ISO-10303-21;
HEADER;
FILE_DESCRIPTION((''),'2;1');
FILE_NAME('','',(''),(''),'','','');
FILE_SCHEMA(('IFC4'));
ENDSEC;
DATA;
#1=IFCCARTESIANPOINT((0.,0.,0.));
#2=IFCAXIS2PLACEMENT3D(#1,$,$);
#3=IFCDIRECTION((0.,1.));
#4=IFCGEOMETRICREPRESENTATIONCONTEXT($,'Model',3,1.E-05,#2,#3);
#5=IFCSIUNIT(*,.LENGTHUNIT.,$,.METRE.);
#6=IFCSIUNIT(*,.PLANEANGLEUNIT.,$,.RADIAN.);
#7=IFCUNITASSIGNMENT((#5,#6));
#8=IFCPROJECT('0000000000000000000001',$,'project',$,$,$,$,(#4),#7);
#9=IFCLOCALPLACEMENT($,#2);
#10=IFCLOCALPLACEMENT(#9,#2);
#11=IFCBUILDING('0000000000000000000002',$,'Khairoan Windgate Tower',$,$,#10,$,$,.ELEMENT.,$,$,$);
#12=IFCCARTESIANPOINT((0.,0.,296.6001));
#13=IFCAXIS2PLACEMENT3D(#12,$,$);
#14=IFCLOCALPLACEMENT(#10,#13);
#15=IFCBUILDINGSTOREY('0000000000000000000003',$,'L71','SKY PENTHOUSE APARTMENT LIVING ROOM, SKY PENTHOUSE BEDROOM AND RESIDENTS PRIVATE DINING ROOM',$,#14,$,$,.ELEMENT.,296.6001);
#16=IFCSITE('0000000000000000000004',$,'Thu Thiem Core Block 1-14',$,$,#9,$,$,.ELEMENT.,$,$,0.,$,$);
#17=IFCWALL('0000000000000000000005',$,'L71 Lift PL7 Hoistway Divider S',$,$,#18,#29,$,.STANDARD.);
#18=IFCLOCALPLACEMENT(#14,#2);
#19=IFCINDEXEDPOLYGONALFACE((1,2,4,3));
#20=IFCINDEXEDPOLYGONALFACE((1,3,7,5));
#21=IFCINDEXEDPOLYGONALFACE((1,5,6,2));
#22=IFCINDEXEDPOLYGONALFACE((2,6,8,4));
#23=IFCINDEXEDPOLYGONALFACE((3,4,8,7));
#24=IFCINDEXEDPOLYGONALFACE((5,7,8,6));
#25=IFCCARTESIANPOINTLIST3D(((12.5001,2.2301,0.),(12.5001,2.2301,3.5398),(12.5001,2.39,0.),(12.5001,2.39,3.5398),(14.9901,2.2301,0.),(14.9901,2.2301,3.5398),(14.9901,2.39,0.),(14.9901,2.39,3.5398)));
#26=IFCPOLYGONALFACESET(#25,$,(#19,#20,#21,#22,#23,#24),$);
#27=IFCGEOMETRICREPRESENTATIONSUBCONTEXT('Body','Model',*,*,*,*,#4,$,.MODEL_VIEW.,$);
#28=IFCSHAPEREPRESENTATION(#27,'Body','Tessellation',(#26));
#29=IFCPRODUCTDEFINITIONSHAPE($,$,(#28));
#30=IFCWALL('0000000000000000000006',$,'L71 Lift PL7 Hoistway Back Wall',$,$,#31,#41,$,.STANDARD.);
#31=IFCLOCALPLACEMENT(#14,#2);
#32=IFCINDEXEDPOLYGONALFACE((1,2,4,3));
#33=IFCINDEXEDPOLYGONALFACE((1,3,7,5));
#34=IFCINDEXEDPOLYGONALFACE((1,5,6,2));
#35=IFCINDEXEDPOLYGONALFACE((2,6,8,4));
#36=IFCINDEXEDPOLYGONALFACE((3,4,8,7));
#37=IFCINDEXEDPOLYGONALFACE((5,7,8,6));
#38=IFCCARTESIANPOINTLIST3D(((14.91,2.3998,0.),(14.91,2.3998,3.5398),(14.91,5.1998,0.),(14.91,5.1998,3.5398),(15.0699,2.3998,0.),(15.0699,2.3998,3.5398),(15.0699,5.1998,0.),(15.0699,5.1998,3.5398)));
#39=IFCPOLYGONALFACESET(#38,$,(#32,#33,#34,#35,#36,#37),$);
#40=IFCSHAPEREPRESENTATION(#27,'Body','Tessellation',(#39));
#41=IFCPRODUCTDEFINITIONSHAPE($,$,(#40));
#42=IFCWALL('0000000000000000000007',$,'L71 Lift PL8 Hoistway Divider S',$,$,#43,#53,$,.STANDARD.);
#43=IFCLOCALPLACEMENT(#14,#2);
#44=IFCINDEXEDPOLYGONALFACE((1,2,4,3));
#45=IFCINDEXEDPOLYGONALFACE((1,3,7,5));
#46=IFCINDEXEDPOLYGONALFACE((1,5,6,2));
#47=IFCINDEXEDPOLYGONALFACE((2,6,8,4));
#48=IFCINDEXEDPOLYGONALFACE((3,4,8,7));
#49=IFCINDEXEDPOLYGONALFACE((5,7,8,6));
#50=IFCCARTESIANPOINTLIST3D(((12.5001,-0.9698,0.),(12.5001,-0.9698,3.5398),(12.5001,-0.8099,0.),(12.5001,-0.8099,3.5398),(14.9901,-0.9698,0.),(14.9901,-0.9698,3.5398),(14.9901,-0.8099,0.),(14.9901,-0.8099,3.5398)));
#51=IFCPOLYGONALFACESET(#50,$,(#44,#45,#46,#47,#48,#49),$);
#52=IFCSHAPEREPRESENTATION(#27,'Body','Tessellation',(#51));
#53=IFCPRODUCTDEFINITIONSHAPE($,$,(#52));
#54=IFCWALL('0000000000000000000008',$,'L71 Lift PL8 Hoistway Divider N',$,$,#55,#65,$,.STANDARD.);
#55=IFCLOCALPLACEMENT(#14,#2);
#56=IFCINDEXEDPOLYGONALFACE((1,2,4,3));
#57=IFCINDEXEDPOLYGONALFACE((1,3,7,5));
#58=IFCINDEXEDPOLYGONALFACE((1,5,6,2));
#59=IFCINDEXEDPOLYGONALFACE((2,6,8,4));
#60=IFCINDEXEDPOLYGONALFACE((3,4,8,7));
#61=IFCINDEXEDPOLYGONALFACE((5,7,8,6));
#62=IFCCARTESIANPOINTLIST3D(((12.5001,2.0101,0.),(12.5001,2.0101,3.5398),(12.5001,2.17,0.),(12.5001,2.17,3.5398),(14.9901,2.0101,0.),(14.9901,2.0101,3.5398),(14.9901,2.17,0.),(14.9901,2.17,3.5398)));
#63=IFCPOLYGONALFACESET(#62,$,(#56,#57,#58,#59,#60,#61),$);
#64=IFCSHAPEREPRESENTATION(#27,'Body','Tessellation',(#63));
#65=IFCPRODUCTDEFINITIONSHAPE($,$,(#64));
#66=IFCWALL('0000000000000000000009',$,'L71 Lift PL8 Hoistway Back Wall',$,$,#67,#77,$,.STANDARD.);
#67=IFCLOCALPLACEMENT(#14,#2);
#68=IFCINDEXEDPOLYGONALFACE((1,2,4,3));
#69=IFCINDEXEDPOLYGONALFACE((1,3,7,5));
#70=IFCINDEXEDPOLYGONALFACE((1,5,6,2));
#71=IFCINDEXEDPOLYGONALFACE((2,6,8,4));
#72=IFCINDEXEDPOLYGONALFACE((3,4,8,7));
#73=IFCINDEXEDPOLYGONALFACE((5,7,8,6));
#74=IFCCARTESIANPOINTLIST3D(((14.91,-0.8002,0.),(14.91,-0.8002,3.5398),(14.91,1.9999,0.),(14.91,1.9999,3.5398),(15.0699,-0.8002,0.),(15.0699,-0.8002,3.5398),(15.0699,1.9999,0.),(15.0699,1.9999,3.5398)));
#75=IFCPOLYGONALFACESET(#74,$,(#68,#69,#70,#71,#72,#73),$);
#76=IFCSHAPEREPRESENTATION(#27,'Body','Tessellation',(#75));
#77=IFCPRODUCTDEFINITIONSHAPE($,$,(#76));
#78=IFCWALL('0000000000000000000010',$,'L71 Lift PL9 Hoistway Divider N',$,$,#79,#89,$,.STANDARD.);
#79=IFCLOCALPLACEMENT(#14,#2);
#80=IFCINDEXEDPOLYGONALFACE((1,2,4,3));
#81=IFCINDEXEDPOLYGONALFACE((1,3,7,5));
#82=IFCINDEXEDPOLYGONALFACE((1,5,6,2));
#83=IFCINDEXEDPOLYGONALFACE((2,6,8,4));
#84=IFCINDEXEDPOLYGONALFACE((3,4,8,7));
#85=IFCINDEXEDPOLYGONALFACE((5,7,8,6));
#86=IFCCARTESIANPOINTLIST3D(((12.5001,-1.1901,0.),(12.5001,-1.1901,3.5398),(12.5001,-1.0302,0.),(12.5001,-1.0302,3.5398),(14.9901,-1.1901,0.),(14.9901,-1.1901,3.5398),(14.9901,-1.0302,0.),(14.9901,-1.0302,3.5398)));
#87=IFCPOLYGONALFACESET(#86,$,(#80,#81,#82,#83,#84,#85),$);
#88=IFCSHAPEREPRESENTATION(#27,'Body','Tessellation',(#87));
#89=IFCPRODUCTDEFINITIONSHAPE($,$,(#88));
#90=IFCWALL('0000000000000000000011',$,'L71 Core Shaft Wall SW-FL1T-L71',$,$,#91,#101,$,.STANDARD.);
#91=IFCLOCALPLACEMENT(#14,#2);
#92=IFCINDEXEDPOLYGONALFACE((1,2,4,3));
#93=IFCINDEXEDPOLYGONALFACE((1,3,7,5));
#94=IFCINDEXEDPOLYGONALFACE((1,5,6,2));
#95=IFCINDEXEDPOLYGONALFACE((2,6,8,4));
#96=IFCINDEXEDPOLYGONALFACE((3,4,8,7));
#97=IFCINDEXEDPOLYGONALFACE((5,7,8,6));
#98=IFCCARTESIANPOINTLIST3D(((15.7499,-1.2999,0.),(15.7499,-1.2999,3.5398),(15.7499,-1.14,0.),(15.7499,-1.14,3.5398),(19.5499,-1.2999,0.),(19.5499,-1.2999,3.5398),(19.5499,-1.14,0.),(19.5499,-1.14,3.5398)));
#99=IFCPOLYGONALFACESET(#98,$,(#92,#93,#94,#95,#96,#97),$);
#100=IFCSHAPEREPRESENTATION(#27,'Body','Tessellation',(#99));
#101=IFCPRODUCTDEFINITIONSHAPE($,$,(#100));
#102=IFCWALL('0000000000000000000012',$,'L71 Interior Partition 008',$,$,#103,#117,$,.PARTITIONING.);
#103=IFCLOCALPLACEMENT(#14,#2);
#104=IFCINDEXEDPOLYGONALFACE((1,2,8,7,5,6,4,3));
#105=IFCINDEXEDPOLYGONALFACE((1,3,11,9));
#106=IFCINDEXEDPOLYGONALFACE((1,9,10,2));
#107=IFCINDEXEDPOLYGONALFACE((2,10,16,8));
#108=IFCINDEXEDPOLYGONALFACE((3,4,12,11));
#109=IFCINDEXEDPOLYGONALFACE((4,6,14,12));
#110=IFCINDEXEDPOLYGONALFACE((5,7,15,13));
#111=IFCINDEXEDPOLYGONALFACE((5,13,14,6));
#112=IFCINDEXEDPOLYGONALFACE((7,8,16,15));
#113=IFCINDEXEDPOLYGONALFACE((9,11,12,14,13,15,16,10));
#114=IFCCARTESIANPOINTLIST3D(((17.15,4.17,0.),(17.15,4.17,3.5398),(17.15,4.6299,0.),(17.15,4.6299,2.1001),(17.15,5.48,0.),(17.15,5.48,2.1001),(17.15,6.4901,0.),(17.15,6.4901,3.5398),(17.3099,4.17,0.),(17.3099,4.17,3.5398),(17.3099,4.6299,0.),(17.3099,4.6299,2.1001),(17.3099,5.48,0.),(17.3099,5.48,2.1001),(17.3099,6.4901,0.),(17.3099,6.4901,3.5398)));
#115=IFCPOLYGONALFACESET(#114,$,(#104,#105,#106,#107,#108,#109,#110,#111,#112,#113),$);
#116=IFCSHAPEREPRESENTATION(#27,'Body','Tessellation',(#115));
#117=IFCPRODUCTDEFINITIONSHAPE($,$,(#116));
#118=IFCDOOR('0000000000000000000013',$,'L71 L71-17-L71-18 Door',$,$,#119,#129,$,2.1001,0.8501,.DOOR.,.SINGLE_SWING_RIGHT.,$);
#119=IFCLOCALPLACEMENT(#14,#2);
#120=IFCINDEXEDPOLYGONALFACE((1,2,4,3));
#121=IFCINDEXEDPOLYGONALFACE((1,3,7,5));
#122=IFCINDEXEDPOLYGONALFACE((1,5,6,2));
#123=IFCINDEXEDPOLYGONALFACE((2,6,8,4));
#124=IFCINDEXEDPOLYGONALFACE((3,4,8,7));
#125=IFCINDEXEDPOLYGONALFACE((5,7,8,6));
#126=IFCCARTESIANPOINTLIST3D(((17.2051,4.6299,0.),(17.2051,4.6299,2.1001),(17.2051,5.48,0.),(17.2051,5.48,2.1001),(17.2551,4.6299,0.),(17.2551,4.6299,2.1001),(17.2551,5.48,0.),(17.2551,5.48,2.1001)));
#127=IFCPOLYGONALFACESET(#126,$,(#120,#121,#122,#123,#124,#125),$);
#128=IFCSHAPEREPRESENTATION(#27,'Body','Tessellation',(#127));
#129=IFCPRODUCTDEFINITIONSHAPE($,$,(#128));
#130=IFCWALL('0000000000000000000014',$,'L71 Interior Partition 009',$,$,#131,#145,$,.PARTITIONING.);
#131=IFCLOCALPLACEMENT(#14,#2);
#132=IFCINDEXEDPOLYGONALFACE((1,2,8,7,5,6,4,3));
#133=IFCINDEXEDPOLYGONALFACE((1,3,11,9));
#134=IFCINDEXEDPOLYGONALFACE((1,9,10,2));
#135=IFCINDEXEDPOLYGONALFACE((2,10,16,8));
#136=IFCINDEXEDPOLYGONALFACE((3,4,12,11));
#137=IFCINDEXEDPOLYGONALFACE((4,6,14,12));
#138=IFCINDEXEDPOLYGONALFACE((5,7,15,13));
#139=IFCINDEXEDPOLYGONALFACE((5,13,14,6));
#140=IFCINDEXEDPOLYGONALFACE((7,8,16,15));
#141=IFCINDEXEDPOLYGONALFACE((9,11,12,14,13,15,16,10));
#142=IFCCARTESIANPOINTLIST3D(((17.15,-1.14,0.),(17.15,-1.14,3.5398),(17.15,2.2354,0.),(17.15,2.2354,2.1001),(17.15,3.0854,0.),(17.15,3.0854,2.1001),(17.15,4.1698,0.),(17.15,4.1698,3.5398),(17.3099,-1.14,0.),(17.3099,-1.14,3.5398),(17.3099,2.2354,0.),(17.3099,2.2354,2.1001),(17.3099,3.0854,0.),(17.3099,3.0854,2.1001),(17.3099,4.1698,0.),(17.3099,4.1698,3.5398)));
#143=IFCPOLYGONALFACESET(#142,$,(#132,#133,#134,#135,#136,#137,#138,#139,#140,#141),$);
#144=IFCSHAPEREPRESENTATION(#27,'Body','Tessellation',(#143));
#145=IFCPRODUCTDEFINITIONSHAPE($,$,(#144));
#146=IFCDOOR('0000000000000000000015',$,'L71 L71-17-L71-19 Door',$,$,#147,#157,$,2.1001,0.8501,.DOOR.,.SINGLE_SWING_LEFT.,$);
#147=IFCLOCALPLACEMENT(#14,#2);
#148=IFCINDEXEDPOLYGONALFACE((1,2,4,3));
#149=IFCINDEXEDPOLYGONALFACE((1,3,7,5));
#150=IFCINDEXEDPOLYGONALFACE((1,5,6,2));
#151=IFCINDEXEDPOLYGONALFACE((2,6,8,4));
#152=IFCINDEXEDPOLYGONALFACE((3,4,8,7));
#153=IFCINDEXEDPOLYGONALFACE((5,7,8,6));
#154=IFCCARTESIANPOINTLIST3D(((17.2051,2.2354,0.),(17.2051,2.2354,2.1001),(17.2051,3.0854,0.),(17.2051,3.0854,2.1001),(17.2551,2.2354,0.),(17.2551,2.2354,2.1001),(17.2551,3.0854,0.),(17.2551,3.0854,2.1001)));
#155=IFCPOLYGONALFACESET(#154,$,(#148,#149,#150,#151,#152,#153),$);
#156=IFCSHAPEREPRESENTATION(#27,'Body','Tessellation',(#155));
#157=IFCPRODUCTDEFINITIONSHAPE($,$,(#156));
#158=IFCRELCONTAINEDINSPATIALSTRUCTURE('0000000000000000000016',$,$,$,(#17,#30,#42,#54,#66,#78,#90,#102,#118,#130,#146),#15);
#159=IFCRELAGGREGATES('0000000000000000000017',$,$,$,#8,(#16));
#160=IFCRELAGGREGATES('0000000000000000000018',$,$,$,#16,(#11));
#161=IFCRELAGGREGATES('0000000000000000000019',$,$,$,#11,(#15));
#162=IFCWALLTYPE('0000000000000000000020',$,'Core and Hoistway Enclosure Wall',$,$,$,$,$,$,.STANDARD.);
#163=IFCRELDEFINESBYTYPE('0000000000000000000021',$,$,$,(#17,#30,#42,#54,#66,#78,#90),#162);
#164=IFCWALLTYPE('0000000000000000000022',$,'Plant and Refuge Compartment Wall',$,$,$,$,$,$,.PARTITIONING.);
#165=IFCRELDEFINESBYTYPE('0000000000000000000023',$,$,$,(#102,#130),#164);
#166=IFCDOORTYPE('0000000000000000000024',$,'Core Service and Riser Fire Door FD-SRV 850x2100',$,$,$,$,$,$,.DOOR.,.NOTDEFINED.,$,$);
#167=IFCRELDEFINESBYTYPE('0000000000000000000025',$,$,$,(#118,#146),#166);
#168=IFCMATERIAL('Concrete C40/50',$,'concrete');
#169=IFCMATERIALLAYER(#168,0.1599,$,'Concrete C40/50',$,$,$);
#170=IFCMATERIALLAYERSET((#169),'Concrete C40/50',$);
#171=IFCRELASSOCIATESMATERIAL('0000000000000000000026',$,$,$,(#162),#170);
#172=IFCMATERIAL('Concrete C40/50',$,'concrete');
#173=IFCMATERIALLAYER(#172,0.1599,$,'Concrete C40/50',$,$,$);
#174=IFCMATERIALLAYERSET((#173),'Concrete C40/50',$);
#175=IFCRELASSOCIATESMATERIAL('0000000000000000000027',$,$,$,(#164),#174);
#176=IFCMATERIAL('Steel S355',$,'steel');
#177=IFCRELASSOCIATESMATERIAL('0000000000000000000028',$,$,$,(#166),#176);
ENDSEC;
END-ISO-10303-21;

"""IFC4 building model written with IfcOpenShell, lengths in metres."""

from ifc_helpers import new_model, si_unit, direction, frame, frame_2d, origin, place, context, subcontext, project, spatial, rectangle, extrude, material, layer, layer_set, type_object, element, fill, save


model = new_model("IFC4")

# Units and contexts
model_context = context("Model", 3, precision=1e-05, world=origin(), true_north=direction((0.0, 1.0)))
body_context = subcontext(model_context, "Body", "Model", "MODEL_VIEW")
ifc_project = project(units=[si_unit("LENGTHUNIT", "METRE"), si_unit("PLANEANGLEUNIT", "RADIAN")], contexts=[model_context])

# Site, building, storey
site_placement = place(None, origin())
site = spatial("IfcSite", under=ifc_project, at=site_placement, Name="Thu Thiem Core Block 1-14", CompositionType="ELEMENT", RefElevation=0.0)
building_placement = place(site_placement, origin())
building = spatial("IfcBuilding", under=site, at=building_placement, Name="Khairoan Windgate Tower", CompositionType="ELEMENT")
storey_placement = place(building_placement, frame((0.0, 0.0, 296.6001)))
storey = spatial("IfcBuildingStorey", under=building, at=storey_placement, Name="L71", Description="SKY PENTHOUSE APARTMENT LIVING ROOM, SKY PENTHOUSE BEDROOM AND RESIDENTS PRIVATE DINING ROOM", CompositionType="ELEMENT", Elevation=296.6001)

# Walls
ifc_material_1 = material(Name="Concrete C40/50", Category="concrete")
ifc_layer_1 = layer(ifc_material_1, 0.1599, Name="Concrete C40/50")
ifc_layer_set_1 = layer_set([ifc_layer_1], Name="Concrete C40/50")
wall_type_1 = type_object("IfcWallType", Name="Core and Hoistway Enclosure Wall", PredefinedType="STANDARD", material=ifc_layer_set_1)
wall_1_placement = place(storey_placement, frame((12.5, 2.3101, 0.0), z_axis=(0.0, 0.0, 1.0), x_axis=(1.0, 0.0, 0.0)))
element("IfcWall", 1, at=wall_1_placement, inside=storey, type_object=wall_type_1, Name="L71 Lift PL7 Hoistway Divider S", PredefinedType="STANDARD", context=body_context, shape_type="SweptSolid", body=[
    extrude(rectangle(XDim=2.49, YDim=0.1599, at=frame_2d((1.2451, 0.0))), origin(), (0.0, 0.0, 1.0), 3.5398),
])
wall_2_placement = place(storey_placement, frame((14.99, 2.3999, 0.0), z_axis=(0.0, 0.0, 1.0), x_axis=(0.0, 1.0, 0.0)))
element("IfcWall", 2, at=wall_2_placement, inside=storey, type_object=wall_type_1, Name="L71 Lift PL7 Hoistway Back Wall", PredefinedType="STANDARD", context=body_context, shape_type="SweptSolid", body=[
    extrude(rectangle(XDim=2.8, YDim=0.1599, at=frame_2d((1.3999, 0.0))), origin(), (0.0, 0.0, 1.0), 3.5398),
])
for number, where, z_axis, x_axis, name in (
    (3, (12.5, -0.8899, 0.0), (0.0, 0.0, 1.0), (1.0, 0.0, 0.0), "L71 Lift PL8 Hoistway Divider S"),
    (4, (12.5, 2.0901, 0.0), (0.0, 0.0, 1.0), (1.0, 0.0, 0.0), "L71 Lift PL8 Hoistway Divider N"),
):
    element("IfcWall", number, at=place(storey_placement, frame(where, z_axis=z_axis, x_axis=x_axis)), inside=storey, type_object=wall_type_1, Name=name, PredefinedType="STANDARD", context=body_context, shape_type="SweptSolid", body=[
        extrude(rectangle(XDim=2.49, YDim=0.1599, at=frame_2d((1.2451, 0.0))), origin(), (0.0, 0.0, 1.0), 3.5398),
    ])
wall_3_placement = place(storey_placement, frame((14.99, -0.8, 0.0), z_axis=(0.0, 0.0, 1.0), x_axis=(0.0, 1.0, 0.0)))
element("IfcWall", 5, at=wall_3_placement, inside=storey, type_object=wall_type_1, Name="L71 Lift PL8 Hoistway Back Wall", PredefinedType="STANDARD", context=body_context, shape_type="SweptSolid", body=[
    extrude(rectangle(XDim=2.8, YDim=0.1599, at=frame_2d((1.3999, 0.0))), origin(), (0.0, 0.0, 1.0), 3.5398),
])
wall_4_placement = place(storey_placement, frame((12.5, -1.1101, 0.0), z_axis=(0.0, 0.0, 1.0), x_axis=(1.0, 0.0, 0.0)))
element("IfcWall", 6, at=wall_4_placement, inside=storey, type_object=wall_type_1, Name="L71 Lift PL9 Hoistway Divider N", PredefinedType="STANDARD", context=body_context, shape_type="SweptSolid", body=[
    extrude(rectangle(XDim=2.49, YDim=0.1599, at=frame_2d((1.2451, 0.0))), origin(), (0.0, 0.0, 1.0), 3.5398),
])
wall_5_placement = place(storey_placement, frame((15.75, -1.22, 0.0), z_axis=(0.0, 0.0, 1.0), x_axis=(1.0, 0.0, 0.0)))
element("IfcWall", 7, at=wall_5_placement, inside=storey, type_object=wall_type_1, Name="L71 Core Shaft Wall SW-FL1T-L71", PredefinedType="STANDARD", context=body_context, shape_type="SweptSolid", body=[
    extrude(rectangle(XDim=3.8, YDim=0.1599, at=frame_2d((1.8999, 0.0))), origin(), (0.0, 0.0, 1.0), 3.5398),
])

# Walls, openings, doors
ifc_material_2 = material(Name="Concrete C40/50", Category="concrete")
ifc_layer_2 = layer(ifc_material_2, 0.1599, Name="Concrete C40/50")
ifc_layer_set_2 = layer_set([ifc_layer_2], Name="Concrete C40/50")
wall_type_2 = type_object("IfcWallType", Name="Plant and Refuge Compartment Wall", PredefinedType="PARTITIONING", material=ifc_layer_set_2)
wall_6_placement = place(storey_placement, frame((17.23, 4.1699, 0.0), z_axis=(0.0, 0.0, 1.0), x_axis=(0.0, 1.0, 0.0)))
wall_6 = element("IfcWall", 8, at=wall_6_placement, inside=storey, type_object=wall_type_2, Name="L71 Interior Partition 008", PredefinedType="PARTITIONING", context=body_context, shape_type="SweptSolid", body=[
    extrude(rectangle(XDim=2.3201, YDim=0.1599, at=frame_2d((1.1602, 0.0))), origin(), (0.0, 0.0, 1.0), 3.5398),
])
opening_1_placement = place(wall_6_placement, frame((0.46, 0.0, 0.0)))
opening_1 = element("IfcOpeningElement", 9, at=opening_1_placement, cuts=wall_6, PredefinedType="OPENING", context=body_context, shape_type="SweptSolid", body=[
    extrude(rectangle(XDim=0.8501, YDim=2.1001, at=frame_2d((0.425, 1.05))), frame((0.0, 0.0898, 0.0), z_axis=(0.0, -1.0, 0.0), x_axis=(1.0, 0.0, 0.0)), (0.0, 0.0, 1.0), 0.1799),
])
ifc_material_3 = material(Name="Steel S355", Category="steel")
door_type_1 = type_object("IfcDoorType", Name="Core Service and Riser Fire Door FD-SRV 850x2100", OperationType="NOTDEFINED", PredefinedType="DOOR", material=ifc_material_3)
door_1_placement = place(opening_1_placement, origin())
door_1 = element("IfcDoor", 10, at=door_1_placement, inside=storey, type_object=door_type_1, Name="L71 L71-17-L71-18 Door", OperationType="SINGLE_SWING_RIGHT", OverallHeight=2.1001, OverallWidth=0.8501, PredefinedType="DOOR", context=body_context, shape_type="SweptSolid", body=[
    extrude(rectangle(XDim=0.8501, YDim=2.1001, at=frame_2d((0.425, 1.05))), frame((0.0, 0.0249, 0.0), z_axis=(0.0, -1.0, 0.0), x_axis=(1.0, 0.0, 0.0)), (0.0, 0.0, 1.0), 0.05),
])
fill(opening_1, door_1)
wall_7_placement = place(storey_placement, frame((17.23, -1.1399, 0.0), z_axis=(0.0, 0.0, 1.0), x_axis=(0.0, 1.0, 0.0)))
wall_7 = element("IfcWall", 11, at=wall_7_placement, inside=storey, type_object=wall_type_2, Name="L71 Interior Partition 009", PredefinedType="PARTITIONING", context=body_context, shape_type="SweptSolid", body=[
    extrude(rectangle(XDim=5.3098, YDim=0.1599, at=frame_2d((2.6548, 0.0))), origin(), (0.0, 0.0, 1.0), 3.5398),
])
opening_2_placement = place(wall_7_placement, frame((3.3752, 0.0, 0.0)))
opening_2 = element("IfcOpeningElement", 12, at=opening_2_placement, cuts=wall_7, PredefinedType="OPENING", context=body_context, shape_type="SweptSolid", body=[
    extrude(rectangle(XDim=0.8501, YDim=2.1001, at=frame_2d((0.425, 1.05))), frame((0.0, 0.0898, 0.0), z_axis=(0.0, -1.0, 0.0), x_axis=(1.0, 0.0, 0.0)), (0.0, 0.0, 1.0), 0.1799),
])
door_2_placement = place(opening_2_placement, origin())
door_2 = element("IfcDoor", 13, at=door_2_placement, inside=storey, type_object=door_type_1, Name="L71 L71-17-L71-19 Door", OperationType="SINGLE_SWING_LEFT", OverallHeight=2.1001, OverallWidth=0.8501, PredefinedType="DOOR", context=body_context, shape_type="SweptSolid", body=[
    extrude(rectangle(XDim=0.8501, YDim=2.1001, at=frame_2d((0.425, 1.05))), frame((0.0, 0.0249, 0.0), z_axis=(0.0, -1.0, 0.0), x_axis=(1.0, 0.0, 0.0)), (0.0, 0.0, 1.0), 0.05),
])
fill(opening_2, door_2)

save(model, "model.ifc")
